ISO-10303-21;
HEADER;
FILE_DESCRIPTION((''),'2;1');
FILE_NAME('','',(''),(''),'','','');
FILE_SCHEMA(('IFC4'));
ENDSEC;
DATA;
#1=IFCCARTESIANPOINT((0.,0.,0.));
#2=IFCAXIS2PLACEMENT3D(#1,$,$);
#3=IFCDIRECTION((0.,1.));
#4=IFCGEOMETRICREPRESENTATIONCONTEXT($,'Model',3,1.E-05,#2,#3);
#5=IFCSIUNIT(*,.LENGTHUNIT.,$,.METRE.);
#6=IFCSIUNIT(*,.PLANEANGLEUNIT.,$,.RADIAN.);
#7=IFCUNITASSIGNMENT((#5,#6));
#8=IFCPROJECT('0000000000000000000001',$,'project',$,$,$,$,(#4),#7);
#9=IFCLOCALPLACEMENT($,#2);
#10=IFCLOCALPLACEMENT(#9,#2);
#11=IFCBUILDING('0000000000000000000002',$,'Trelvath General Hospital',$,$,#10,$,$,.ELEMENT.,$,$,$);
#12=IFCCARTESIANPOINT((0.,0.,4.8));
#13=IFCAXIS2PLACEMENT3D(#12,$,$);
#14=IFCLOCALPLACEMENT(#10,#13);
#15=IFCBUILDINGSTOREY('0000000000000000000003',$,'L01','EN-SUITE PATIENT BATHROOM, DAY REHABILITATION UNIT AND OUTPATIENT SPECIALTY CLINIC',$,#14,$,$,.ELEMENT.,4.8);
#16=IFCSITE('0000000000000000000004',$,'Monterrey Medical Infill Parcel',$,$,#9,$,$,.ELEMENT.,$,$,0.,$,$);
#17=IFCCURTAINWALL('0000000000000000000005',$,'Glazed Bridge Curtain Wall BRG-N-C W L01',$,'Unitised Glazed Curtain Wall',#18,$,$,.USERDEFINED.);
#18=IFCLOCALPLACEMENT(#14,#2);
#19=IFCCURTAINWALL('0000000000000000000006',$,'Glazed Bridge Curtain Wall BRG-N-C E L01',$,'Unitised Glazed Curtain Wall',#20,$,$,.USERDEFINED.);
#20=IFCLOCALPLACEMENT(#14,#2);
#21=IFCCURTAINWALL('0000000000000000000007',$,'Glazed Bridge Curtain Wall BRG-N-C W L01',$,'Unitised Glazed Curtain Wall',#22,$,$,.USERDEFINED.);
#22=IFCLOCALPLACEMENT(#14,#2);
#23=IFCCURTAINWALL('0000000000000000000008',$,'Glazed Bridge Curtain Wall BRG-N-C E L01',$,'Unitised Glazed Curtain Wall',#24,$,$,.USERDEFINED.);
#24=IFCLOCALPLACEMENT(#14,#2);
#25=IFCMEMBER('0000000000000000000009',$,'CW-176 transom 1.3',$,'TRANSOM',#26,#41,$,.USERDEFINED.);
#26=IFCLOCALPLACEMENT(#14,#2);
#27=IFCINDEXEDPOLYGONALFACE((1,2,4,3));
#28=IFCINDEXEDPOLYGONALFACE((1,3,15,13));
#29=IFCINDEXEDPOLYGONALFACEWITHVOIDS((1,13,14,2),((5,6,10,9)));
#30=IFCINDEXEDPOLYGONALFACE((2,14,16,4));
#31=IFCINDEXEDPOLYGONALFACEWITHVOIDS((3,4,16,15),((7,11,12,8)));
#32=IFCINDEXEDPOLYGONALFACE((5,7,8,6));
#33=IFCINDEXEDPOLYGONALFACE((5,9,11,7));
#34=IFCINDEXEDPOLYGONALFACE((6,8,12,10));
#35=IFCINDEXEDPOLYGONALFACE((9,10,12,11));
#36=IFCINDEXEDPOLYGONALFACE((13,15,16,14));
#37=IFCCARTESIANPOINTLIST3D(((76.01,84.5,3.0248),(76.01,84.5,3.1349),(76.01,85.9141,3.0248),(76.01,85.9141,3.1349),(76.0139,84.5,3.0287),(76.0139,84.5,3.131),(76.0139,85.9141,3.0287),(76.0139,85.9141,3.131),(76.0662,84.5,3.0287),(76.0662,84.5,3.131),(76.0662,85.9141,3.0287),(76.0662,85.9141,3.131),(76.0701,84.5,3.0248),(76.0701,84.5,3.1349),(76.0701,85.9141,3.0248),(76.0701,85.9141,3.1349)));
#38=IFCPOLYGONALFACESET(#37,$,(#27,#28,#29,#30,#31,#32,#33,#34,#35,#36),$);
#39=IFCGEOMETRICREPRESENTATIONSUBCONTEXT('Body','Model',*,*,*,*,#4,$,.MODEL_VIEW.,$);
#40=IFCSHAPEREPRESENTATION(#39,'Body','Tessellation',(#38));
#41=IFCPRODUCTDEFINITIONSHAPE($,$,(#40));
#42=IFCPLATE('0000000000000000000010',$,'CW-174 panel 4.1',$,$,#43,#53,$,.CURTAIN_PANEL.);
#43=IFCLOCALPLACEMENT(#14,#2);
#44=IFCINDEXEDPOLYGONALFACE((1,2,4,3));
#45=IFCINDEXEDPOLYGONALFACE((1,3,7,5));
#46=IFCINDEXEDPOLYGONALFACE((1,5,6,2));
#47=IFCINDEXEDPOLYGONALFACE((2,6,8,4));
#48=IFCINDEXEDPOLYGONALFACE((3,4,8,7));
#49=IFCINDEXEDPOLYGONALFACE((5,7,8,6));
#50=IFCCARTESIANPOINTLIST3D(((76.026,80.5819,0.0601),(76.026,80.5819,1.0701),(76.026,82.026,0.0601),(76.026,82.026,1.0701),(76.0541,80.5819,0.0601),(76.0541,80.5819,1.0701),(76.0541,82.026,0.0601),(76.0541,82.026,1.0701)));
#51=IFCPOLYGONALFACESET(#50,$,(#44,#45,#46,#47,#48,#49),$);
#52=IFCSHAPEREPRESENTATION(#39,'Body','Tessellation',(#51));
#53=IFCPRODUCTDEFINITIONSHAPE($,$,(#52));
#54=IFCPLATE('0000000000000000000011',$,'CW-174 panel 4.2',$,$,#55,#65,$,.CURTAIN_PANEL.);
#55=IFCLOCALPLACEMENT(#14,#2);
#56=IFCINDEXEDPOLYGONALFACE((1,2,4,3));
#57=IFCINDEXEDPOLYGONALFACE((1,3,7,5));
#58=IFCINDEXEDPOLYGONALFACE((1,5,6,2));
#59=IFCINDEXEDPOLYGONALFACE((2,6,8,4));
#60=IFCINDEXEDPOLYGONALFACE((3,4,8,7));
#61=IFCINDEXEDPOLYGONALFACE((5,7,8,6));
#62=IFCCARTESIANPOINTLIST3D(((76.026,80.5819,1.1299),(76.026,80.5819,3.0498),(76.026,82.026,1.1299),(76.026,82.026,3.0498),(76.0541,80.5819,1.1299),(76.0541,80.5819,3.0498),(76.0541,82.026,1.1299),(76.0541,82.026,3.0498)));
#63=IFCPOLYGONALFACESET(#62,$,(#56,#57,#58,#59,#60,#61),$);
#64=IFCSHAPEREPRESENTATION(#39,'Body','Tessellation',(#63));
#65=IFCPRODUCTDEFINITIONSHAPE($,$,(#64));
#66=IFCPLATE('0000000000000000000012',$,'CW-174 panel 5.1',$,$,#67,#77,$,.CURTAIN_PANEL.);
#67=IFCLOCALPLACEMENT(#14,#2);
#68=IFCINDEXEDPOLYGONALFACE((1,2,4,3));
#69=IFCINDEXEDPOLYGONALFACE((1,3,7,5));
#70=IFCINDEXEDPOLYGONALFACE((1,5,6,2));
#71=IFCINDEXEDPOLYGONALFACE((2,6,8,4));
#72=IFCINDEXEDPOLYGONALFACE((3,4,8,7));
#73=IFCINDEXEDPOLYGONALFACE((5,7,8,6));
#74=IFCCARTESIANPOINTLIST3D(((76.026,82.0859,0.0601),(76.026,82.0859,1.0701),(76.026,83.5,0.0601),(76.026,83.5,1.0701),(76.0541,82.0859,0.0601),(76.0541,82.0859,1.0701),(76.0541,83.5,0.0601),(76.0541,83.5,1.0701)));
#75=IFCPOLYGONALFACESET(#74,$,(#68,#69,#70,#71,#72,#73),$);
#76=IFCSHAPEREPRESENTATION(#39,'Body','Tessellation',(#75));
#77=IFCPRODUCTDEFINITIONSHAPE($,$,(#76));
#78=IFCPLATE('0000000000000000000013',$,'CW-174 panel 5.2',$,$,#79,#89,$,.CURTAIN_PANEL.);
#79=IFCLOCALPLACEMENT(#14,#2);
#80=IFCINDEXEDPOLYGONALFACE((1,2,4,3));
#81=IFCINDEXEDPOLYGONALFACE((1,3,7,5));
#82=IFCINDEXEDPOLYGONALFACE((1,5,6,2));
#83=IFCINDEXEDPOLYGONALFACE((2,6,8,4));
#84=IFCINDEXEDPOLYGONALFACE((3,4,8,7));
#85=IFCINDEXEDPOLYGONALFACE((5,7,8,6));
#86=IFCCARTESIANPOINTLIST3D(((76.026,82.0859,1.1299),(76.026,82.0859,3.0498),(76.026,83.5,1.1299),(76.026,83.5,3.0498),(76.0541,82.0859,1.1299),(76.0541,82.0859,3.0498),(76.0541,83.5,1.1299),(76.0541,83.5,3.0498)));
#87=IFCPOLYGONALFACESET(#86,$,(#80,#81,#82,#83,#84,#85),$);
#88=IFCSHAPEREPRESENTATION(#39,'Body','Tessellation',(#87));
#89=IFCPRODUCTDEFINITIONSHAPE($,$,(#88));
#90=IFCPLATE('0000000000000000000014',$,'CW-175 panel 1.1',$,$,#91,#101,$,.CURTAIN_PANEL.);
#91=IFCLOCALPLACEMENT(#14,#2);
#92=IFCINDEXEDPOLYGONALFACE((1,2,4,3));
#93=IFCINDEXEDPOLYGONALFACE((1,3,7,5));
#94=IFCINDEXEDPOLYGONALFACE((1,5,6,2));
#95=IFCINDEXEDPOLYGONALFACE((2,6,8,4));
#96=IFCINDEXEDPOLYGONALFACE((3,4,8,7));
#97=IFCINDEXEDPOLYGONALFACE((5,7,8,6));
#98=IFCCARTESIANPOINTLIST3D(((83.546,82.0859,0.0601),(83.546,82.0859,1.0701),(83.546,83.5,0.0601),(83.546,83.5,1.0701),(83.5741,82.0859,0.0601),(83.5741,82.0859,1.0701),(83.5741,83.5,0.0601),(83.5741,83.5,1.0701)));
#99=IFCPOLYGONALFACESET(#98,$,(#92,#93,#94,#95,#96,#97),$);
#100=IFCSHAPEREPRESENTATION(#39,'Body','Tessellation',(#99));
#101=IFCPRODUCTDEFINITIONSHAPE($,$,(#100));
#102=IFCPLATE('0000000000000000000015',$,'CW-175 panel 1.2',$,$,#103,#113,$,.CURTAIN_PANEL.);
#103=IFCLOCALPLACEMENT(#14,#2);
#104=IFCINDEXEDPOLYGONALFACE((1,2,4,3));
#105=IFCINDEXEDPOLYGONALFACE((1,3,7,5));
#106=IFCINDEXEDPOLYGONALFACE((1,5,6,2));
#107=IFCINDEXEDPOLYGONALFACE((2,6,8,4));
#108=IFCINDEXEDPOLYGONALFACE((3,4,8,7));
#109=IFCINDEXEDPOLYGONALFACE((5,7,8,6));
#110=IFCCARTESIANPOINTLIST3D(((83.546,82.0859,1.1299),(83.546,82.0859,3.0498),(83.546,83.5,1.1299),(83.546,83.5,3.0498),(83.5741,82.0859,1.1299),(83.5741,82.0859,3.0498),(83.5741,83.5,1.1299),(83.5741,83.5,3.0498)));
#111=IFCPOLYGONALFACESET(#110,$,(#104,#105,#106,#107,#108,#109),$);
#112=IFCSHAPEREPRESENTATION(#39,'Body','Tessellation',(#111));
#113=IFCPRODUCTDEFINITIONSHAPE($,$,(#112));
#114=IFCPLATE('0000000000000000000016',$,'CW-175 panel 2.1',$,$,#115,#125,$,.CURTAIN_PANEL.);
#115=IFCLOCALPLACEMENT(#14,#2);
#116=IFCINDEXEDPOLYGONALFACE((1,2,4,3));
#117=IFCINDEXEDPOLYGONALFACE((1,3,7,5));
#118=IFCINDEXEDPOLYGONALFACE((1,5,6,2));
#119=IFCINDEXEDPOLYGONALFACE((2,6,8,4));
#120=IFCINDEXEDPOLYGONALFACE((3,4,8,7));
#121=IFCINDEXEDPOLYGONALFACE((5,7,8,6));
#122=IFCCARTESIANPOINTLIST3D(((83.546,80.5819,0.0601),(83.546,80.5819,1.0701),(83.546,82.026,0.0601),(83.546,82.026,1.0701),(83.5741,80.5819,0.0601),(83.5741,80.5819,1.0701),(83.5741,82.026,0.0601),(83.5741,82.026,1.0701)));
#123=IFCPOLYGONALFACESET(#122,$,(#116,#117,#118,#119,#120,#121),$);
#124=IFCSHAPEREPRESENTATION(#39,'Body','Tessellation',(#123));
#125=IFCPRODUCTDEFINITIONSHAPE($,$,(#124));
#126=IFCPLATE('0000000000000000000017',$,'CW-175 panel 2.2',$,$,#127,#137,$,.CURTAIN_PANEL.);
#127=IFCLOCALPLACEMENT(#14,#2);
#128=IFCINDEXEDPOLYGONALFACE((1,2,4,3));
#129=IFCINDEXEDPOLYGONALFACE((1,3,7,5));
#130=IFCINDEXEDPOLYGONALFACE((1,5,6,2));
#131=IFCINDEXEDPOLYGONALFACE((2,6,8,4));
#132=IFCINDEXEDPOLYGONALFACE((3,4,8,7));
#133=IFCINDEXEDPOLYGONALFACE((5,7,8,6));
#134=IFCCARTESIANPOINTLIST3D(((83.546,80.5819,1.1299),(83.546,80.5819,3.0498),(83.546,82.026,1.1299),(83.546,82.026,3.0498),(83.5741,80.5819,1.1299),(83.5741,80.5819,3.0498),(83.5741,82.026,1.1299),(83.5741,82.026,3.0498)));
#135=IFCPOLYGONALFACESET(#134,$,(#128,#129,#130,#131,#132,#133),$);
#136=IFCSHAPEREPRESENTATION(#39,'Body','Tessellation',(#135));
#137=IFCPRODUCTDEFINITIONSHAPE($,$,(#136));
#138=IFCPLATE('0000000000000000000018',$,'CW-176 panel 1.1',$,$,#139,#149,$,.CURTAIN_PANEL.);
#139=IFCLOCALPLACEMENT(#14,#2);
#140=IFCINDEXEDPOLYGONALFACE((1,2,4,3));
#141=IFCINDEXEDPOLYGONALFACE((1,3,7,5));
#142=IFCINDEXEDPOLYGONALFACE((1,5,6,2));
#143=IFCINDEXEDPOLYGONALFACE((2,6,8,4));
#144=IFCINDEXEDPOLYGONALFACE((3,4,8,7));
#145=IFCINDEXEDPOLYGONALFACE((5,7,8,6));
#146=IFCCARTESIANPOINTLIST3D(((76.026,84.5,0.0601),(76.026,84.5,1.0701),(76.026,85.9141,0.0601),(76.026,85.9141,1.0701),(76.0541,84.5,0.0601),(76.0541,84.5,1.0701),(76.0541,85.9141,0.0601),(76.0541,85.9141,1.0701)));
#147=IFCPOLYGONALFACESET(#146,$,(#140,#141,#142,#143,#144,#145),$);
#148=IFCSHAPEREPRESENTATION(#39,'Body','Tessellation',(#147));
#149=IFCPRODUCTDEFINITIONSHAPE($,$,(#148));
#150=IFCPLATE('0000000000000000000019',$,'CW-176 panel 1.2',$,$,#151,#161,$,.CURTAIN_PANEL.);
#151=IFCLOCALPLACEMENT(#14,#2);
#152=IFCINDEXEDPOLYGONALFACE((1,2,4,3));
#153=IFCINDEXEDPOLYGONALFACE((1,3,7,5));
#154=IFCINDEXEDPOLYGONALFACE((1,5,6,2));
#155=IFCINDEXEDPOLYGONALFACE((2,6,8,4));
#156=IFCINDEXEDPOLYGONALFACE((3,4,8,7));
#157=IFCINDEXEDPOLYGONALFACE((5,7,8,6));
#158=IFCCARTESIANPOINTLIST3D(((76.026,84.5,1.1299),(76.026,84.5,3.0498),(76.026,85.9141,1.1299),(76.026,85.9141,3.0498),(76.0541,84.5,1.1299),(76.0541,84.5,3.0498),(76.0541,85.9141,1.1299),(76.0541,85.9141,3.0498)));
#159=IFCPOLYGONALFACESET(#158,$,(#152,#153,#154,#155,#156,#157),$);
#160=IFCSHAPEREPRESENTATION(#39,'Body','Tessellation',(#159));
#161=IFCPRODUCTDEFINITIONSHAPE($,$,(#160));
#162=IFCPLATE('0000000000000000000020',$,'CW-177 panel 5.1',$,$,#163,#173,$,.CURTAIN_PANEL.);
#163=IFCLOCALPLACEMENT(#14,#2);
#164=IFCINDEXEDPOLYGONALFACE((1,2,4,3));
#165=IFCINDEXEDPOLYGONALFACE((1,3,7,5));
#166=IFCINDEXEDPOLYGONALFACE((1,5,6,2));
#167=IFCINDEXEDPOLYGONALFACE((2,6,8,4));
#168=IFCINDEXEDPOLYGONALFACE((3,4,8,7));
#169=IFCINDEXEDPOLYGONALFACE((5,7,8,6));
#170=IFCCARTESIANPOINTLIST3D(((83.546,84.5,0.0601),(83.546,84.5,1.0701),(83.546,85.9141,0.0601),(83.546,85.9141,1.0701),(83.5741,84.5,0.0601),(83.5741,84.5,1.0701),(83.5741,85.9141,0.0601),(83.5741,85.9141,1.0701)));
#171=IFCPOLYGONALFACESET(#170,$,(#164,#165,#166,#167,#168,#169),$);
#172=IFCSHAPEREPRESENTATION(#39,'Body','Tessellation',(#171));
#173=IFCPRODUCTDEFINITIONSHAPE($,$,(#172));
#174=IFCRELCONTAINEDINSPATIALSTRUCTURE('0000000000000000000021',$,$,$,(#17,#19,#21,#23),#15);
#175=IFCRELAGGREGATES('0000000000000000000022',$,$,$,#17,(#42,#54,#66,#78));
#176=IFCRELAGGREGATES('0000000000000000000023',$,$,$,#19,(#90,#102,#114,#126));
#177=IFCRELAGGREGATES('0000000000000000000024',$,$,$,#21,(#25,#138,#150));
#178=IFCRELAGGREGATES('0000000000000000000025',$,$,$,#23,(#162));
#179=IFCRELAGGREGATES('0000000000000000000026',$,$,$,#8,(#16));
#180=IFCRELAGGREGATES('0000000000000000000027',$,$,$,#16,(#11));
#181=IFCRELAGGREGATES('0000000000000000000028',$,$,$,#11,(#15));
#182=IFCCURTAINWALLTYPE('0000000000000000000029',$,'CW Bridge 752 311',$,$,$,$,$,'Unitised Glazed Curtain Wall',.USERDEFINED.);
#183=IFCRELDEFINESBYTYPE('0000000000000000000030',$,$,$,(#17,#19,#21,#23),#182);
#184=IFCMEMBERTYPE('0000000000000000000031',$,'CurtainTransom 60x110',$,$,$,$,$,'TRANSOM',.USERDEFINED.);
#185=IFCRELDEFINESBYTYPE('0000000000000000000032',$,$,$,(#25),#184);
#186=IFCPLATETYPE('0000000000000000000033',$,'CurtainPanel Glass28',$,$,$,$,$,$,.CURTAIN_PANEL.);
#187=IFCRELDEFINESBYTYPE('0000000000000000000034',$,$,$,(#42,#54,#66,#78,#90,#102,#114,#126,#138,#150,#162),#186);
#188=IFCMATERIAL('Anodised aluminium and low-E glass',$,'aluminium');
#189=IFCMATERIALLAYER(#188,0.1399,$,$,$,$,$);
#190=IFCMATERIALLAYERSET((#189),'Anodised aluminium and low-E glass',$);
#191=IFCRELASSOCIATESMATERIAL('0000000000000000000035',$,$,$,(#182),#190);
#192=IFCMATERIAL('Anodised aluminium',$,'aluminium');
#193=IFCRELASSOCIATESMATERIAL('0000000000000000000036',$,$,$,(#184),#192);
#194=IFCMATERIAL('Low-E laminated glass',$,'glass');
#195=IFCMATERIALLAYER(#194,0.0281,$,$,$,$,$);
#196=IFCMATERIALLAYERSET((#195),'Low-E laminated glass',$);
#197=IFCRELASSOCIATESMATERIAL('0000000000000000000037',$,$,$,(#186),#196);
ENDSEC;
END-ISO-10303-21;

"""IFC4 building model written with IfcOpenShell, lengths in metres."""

from ifc_helpers import new_model, si_unit, direction, frame, origin, origin_2d, place, context, subcontext, project, spatial, rectangle, hollow_rectangle, extrude, material, layer, layer_set, material_profile, profile_set, type_object, element, aggregate, save


model = new_model("IFC4")

# Units and contexts
model_context = context("Model", 3, precision=1e-05, world=origin(), true_north=direction((0.0, 1.0)))
body_context = subcontext(model_context, "Body", "Model", "MODEL_VIEW")
ifc_project = project(units=[si_unit("LENGTHUNIT", "METRE"), si_unit("PLANEANGLEUNIT", "RADIAN")], contexts=[model_context])

# Site, building, storey
site_placement = place(None, origin())
site = spatial("IfcSite", under=ifc_project, at=site_placement, Name="Monterrey Medical Infill Parcel", CompositionType="ELEMENT", RefElevation=0.0)
building_placement = place(site_placement, origin())
building = spatial("IfcBuilding", under=site, at=building_placement, Name="Trelvath General Hospital", CompositionType="ELEMENT")
storey_placement = place(building_placement, frame((0.0, 0.0, 4.8)))
storey = spatial("IfcBuildingStorey", under=building, at=storey_placement, Name="L01", Description="EN-SUITE PATIENT BATHROOM, DAY REHABILITATION UNIT AND OUTPATIENT SPECIALTY CLINIC", CompositionType="ELEMENT", Elevation=4.8)

# Curtain walls
ifc_material_1 = material(Name="Anodised aluminium and low-E glass", Category="aluminium")
ifc_layer_1 = layer(ifc_material_1, 0.1399)
ifc_layer_set_1 = layer_set([ifc_layer_1], Name="Anodised aluminium and low-E glass")
curtain_wall_type = type_object("IfcCurtainWallType", Name="CW Bridge 752 311", ElementType="Unitised Glazed Curtain Wall", PredefinedType="USERDEFINED", material=ifc_layer_set_1)
curtain_wall_1_placement = place(storey_placement, origin())
curtain_wall_1 = element("IfcCurtainWall", 1, at=curtain_wall_1_placement, inside=storey, type_object=curtain_wall_type, Name="Glazed Bridge Curtain Wall BRG-N-C W L01", ObjectType="Unitised Glazed Curtain Wall", PredefinedType="USERDEFINED")
curtain_wall_2_placement = place(storey_placement, origin())
curtain_wall_2 = element("IfcCurtainWall", 2, at=curtain_wall_2_placement, inside=storey, type_object=curtain_wall_type, Name="Glazed Bridge Curtain Wall BRG-N-C E L01", ObjectType="Unitised Glazed Curtain Wall", PredefinedType="USERDEFINED")

# Curtain walls
curtain_wall_3_placement = place(storey_placement, origin())
curtain_wall_3 = element("IfcCurtainWall", 3, at=curtain_wall_3_placement, inside=storey, type_object=curtain_wall_type, Name="Glazed Bridge Curtain Wall BRG-N-C W L01", ObjectType="Unitised Glazed Curtain Wall", PredefinedType="USERDEFINED")
curtain_wall_4_placement = place(storey_placement, origin())
curtain_wall_4 = element("IfcCurtainWall", 4, at=curtain_wall_4_placement, inside=storey, type_object=curtain_wall_type, Name="Glazed Bridge Curtain Wall BRG-N-C E L01", ObjectType="Unitised Glazed Curtain Wall", PredefinedType="USERDEFINED")

# Member
ifc_material_2 = material(Name="Anodised aluminium", Category="aluminium")
ifc_material_profile_1 = material_profile(ifc_material_2, hollow_rectangle(XDim=0.0601, YDim=0.1101, WallThickness=0.0039, at=origin_2d()), Name="RHS60x110x4")
ifc_profile_set_1 = profile_set([ifc_material_profile_1], Name="Anodised aluminium")
member_type_1 = type_object("IfcMemberType", Name="CurtainTransom 60x110", ElementType="TRANSOM", PredefinedType="USERDEFINED", material=ifc_profile_set_1)
member_1_placement = place(storey_placement, frame((76.04, 84.5, 3.0798), z_axis=(0.0, 1.0, 0.0), x_axis=(-1.0, 0.0, 0.0)))
member_1 = element("IfcMember", 5, at=member_1_placement, type_object=member_type_1, Name="CW-176 transom 1.3", ObjectType="TRANSOM", PredefinedType="USERDEFINED", context=body_context, shape_type="SweptSolid", body=[
    extrude(hollow_rectangle(XDim=0.0601, YDim=0.1101, WallThickness=0.0039, at=origin_2d()), origin(), (0.0, 0.0, 1.0), 1.4141),
])

# Plates
ifc_material_3 = material(Name="Low-E laminated glass", Category="glass")
ifc_layer_2 = layer(ifc_material_3, 0.0281)
ifc_layer_set_2 = layer_set([ifc_layer_2], Name="Low-E laminated glass")
plate_type = type_object("IfcPlateType", Name="CurtainPanel Glass28", PredefinedType="CURTAIN_PANEL", material=ifc_layer_set_2)
plate_1_placement = place(storey_placement, frame((76.04, 81.304, 0.0601), z_axis=(0.0, 0.0, 1.0), x_axis=(0.0, 1.0, 0.0)))
plate_1 = element("IfcPlate", 6, at=plate_1_placement, type_object=plate_type, Name="CW-174 panel 4.1", PredefinedType="CURTAIN_PANEL", context=body_context, shape_type="SweptSolid", body=[
    extrude(rectangle(XDim=1.4441, YDim=0.0281, at=origin_2d()), origin(), (0.0, 0.0, 1.0), 1.01),
])
plate_2_placement = place(storey_placement, frame((76.04, 81.304, 1.1299), z_axis=(0.0, 0.0, 1.0), x_axis=(0.0, 1.0, 0.0)))
plate_2 = element("IfcPlate", 7, at=plate_2_placement, type_object=plate_type, Name="CW-174 panel 4.2", PredefinedType="CURTAIN_PANEL", context=body_context, shape_type="SweptSolid", body=[
    extrude(rectangle(XDim=1.4441, YDim=0.0281, at=origin_2d()), origin(), (0.0, 0.0, 1.0), 1.9199),
])
plate_3_placement = place(storey_placement, frame((76.04, 82.793, 0.0601), z_axis=(0.0, 0.0, 1.0), x_axis=(0.0, 1.0, 0.0)))
plate_3 = element("IfcPlate", 8, at=plate_3_placement, type_object=plate_type, Name="CW-174 panel 5.1", PredefinedType="CURTAIN_PANEL", context=body_context, shape_type="SweptSolid", body=[
    extrude(rectangle(XDim=1.4141, YDim=0.0281, at=origin_2d()), origin(), (0.0, 0.0, 1.0), 1.01),
])
plate_4_placement = place(storey_placement, frame((76.04, 82.793, 1.1299), z_axis=(0.0, 0.0, 1.0), x_axis=(0.0, 1.0, 0.0)))
plate_4 = element("IfcPlate", 9, at=plate_4_placement, type_object=plate_type, Name="CW-174 panel 5.2", PredefinedType="CURTAIN_PANEL", context=body_context, shape_type="SweptSolid", body=[
    extrude(rectangle(XDim=1.4141, YDim=0.0281, at=origin_2d()), origin(), (0.0, 0.0, 1.0), 1.9199),
])
aggregate(curtain_wall_1, [plate_1, plate_2, plate_3, plate_4])
plate_5_placement = place(storey_placement, frame((83.5601, 82.793, 0.0601), z_axis=(0.0, 0.0, 1.0), x_axis=(0.0, -1.0, 0.0)))
plate_5 = element("IfcPlate", 10, at=plate_5_placement, type_object=plate_type, Name="CW-175 panel 1.1", PredefinedType="CURTAIN_PANEL", context=body_context, shape_type="SweptSolid", body=[
    extrude(rectangle(XDim=1.4141, YDim=0.0281, at=origin_2d()), origin(), (0.0, 0.0, 1.0), 1.01),
])
plate_6_placement = place(storey_placement, frame((83.5601, 82.793, 1.1299), z_axis=(0.0, 0.0, 1.0), x_axis=(0.0, -1.0, 0.0)))
plate_6 = element("IfcPlate", 11, at=plate_6_placement, type_object=plate_type, Name="CW-175 panel 1.2", PredefinedType="CURTAIN_PANEL", context=body_context, shape_type="SweptSolid", body=[
    extrude(rectangle(XDim=1.4141, YDim=0.0281, at=origin_2d()), origin(), (0.0, 0.0, 1.0), 1.9199),
])
plate_7_placement = place(storey_placement, frame((83.5601, 81.304, 0.0601), z_axis=(0.0, 0.0, 1.0), x_axis=(0.0, -1.0, 0.0)))
plate_7 = element("IfcPlate", 12, at=plate_7_placement, type_object=plate_type, Name="CW-175 panel 2.1", PredefinedType="CURTAIN_PANEL", context=body_context, shape_type="SweptSolid", body=[
    extrude(rectangle(XDim=1.4441, YDim=0.0281, at=origin_2d()), origin(), (0.0, 0.0, 1.0), 1.01),
])
plate_8_placement = place(storey_placement, frame((83.5601, 81.304, 1.1299), z_axis=(0.0, 0.0, 1.0), x_axis=(0.0, -1.0, 0.0)))
plate_8 = element("IfcPlate", 13, at=plate_8_placement, type_object=plate_type, Name="CW-175 panel 2.2", PredefinedType="CURTAIN_PANEL", context=body_context, shape_type="SweptSolid", body=[
    extrude(rectangle(XDim=1.4441, YDim=0.0281, at=origin_2d()), origin(), (0.0, 0.0, 1.0), 1.9199),
])
aggregate(curtain_wall_2, [plate_5, plate_6, plate_7, plate_8])
plate_9_placement = place(storey_placement, frame((76.04, 85.207, 0.0601), z_axis=(0.0, 0.0, 1.0), x_axis=(0.0, 1.0, 0.0)))
plate_9 = element("IfcPlate", 14, at=plate_9_placement, type_object=plate_type, Name="CW-176 panel 1.1", PredefinedType="CURTAIN_PANEL", context=body_context, shape_type="SweptSolid", body=[
    extrude(rectangle(XDim=1.4141, YDim=0.0281, at=origin_2d()), origin(), (0.0, 0.0, 1.0), 1.01),
])
plate_10_placement = place(storey_placement, frame((76.04, 85.207, 1.1299), z_axis=(0.0, 0.0, 1.0), x_axis=(0.0, 1.0, 0.0)))
plate_10 = element("IfcPlate", 15, at=plate_10_placement, type_object=plate_type, Name="CW-176 panel 1.2", PredefinedType="CURTAIN_PANEL", context=body_context, shape_type="SweptSolid", body=[
    extrude(rectangle(XDim=1.4141, YDim=0.0281, at=origin_2d()), origin(), (0.0, 0.0, 1.0), 1.9199),
])
aggregate(curtain_wall_3, [member_1, plate_9, plate_10])
plate_11_placement = place(storey_placement, frame((83.5601, 85.207, 0.0601), z_axis=(0.0, 0.0, 1.0), x_axis=(0.0, -1.0, 0.0)))
plate_11 = element("IfcPlate", 16, at=plate_11_placement, type_object=plate_type, Name="CW-177 panel 5.1", PredefinedType="CURTAIN_PANEL", context=body_context, shape_type="SweptSolid", body=[
    extrude(rectangle(XDim=1.4141, YDim=0.0281, at=origin_2d()), origin(), (0.0, 0.0, 1.0), 1.01),
])
aggregate(curtain_wall_4, [plate_11])

save(model, "model.ifc")
